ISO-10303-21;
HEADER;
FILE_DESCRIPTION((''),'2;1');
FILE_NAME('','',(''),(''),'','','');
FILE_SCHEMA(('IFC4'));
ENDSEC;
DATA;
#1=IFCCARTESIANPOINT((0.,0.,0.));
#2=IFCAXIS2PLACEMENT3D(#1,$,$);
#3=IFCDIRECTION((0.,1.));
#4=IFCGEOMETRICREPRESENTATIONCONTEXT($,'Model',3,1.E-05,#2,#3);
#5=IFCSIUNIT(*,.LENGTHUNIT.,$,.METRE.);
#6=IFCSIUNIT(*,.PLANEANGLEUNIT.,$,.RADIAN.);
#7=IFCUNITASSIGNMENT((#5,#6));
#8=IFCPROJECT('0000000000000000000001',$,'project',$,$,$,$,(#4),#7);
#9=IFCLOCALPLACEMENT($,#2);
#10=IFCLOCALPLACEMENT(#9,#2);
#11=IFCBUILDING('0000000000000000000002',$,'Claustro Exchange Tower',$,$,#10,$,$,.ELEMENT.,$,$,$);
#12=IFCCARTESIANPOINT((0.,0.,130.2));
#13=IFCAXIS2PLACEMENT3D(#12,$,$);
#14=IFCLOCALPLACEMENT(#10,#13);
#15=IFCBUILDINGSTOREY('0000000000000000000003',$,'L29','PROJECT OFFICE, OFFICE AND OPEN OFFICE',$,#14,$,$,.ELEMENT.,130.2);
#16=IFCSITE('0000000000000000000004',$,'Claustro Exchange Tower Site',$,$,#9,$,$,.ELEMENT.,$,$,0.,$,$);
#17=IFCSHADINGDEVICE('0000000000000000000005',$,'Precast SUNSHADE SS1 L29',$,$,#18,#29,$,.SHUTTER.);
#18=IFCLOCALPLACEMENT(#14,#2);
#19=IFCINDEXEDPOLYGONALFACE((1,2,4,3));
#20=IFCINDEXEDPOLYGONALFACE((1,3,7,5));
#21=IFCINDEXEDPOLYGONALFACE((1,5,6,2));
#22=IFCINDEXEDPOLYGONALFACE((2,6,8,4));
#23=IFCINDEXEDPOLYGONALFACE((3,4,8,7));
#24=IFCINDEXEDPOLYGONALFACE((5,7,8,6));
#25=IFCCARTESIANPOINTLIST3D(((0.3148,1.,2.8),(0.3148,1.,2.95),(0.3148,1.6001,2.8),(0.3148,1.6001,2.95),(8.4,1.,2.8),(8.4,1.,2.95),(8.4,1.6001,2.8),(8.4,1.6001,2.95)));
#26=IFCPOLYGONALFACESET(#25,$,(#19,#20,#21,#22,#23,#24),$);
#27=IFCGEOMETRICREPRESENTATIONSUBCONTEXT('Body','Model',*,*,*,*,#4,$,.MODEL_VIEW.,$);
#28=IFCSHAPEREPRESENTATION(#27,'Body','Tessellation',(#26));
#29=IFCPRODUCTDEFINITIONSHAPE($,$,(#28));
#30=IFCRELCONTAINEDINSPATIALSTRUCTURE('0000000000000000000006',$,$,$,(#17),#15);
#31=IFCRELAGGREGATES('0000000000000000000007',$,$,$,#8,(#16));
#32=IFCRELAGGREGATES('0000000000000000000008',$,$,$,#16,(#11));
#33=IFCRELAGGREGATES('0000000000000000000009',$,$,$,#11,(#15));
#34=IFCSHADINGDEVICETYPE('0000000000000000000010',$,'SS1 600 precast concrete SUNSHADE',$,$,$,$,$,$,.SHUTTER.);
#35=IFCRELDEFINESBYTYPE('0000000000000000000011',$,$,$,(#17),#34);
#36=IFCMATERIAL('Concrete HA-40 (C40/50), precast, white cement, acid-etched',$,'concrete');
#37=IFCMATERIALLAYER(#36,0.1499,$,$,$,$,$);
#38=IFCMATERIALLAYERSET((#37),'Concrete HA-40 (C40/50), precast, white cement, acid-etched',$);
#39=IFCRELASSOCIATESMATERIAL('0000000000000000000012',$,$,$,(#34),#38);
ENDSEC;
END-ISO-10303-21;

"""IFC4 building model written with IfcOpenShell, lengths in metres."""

from ifc_helpers import new_model, si_unit, direction, frame, origin, origin_2d, place, context, subcontext, project, spatial, rectangle, extrude, material, layer, layer_set, type_object, element, save


model = new_model("IFC4")

# Units and contexts
model_context = context("Model", 3, precision=1e-05, world=origin(), true_north=direction((0.0, 1.0)))
body_context = subcontext(model_context, "Body", "Model", "MODEL_VIEW")
ifc_project = project(units=[si_unit("LENGTHUNIT", "METRE"), si_unit("PLANEANGLEUNIT", "RADIAN")], contexts=[model_context])

# Site, building, storey
site_placement = place(None, origin())
site = spatial("IfcSite", under=ifc_project, at=site_placement, Name="Claustro Exchange Tower Site", CompositionType="ELEMENT", RefElevation=0.0)
building_placement = place(site_placement, origin())
building = spatial("IfcBuilding", under=site, at=building_placement, Name="Claustro Exchange Tower", CompositionType="ELEMENT")
storey_placement = place(building_placement, frame((0.0, 0.0, 130.2)))
storey = spatial("IfcBuildingStorey", under=building, at=storey_placement, Name="L29", Description="PROJECT OFFICE, OFFICE AND OPEN OFFICE", CompositionType="ELEMENT", Elevation=130.2)

# Shading device
ifc_material_1 = material(Name="Concrete HA-40 (C40/50), precast, white cement, acid-etched", Category="concrete")
ifc_layer_1 = layer(ifc_material_1, 0.1499)
ifc_layer_set_1 = layer_set([ifc_layer_1], Name="Concrete HA-40 (C40/50), precast, white cement, acid-etched")
shading_device_type = type_object("IfcShadingDeviceType", Name="SS1 600 precast concrete SUNSHADE", PredefinedType="SHUTTER", material=ifc_layer_set_1)
shading_device_placement = place(storey_placement, frame((4.3574, 1.3, 2.8), z_axis=(0.0, 0.0, 1.0), x_axis=(-1.0, 0.0, 0.0)))
element("IfcShadingDevice", 1, at=shading_device_placement, inside=storey, type_object=shading_device_type, Name="Precast SUNSHADE SS1 L29", PredefinedType="SHUTTER", context=body_context, shape_type="SweptSolid", body=[
    extrude(rectangle(XDim=8.0852, YDim=0.6001, at=origin_2d()), origin(), (0.0, 0.0, 1.0), 0.1499),
])

save(model, "model.ifc")
